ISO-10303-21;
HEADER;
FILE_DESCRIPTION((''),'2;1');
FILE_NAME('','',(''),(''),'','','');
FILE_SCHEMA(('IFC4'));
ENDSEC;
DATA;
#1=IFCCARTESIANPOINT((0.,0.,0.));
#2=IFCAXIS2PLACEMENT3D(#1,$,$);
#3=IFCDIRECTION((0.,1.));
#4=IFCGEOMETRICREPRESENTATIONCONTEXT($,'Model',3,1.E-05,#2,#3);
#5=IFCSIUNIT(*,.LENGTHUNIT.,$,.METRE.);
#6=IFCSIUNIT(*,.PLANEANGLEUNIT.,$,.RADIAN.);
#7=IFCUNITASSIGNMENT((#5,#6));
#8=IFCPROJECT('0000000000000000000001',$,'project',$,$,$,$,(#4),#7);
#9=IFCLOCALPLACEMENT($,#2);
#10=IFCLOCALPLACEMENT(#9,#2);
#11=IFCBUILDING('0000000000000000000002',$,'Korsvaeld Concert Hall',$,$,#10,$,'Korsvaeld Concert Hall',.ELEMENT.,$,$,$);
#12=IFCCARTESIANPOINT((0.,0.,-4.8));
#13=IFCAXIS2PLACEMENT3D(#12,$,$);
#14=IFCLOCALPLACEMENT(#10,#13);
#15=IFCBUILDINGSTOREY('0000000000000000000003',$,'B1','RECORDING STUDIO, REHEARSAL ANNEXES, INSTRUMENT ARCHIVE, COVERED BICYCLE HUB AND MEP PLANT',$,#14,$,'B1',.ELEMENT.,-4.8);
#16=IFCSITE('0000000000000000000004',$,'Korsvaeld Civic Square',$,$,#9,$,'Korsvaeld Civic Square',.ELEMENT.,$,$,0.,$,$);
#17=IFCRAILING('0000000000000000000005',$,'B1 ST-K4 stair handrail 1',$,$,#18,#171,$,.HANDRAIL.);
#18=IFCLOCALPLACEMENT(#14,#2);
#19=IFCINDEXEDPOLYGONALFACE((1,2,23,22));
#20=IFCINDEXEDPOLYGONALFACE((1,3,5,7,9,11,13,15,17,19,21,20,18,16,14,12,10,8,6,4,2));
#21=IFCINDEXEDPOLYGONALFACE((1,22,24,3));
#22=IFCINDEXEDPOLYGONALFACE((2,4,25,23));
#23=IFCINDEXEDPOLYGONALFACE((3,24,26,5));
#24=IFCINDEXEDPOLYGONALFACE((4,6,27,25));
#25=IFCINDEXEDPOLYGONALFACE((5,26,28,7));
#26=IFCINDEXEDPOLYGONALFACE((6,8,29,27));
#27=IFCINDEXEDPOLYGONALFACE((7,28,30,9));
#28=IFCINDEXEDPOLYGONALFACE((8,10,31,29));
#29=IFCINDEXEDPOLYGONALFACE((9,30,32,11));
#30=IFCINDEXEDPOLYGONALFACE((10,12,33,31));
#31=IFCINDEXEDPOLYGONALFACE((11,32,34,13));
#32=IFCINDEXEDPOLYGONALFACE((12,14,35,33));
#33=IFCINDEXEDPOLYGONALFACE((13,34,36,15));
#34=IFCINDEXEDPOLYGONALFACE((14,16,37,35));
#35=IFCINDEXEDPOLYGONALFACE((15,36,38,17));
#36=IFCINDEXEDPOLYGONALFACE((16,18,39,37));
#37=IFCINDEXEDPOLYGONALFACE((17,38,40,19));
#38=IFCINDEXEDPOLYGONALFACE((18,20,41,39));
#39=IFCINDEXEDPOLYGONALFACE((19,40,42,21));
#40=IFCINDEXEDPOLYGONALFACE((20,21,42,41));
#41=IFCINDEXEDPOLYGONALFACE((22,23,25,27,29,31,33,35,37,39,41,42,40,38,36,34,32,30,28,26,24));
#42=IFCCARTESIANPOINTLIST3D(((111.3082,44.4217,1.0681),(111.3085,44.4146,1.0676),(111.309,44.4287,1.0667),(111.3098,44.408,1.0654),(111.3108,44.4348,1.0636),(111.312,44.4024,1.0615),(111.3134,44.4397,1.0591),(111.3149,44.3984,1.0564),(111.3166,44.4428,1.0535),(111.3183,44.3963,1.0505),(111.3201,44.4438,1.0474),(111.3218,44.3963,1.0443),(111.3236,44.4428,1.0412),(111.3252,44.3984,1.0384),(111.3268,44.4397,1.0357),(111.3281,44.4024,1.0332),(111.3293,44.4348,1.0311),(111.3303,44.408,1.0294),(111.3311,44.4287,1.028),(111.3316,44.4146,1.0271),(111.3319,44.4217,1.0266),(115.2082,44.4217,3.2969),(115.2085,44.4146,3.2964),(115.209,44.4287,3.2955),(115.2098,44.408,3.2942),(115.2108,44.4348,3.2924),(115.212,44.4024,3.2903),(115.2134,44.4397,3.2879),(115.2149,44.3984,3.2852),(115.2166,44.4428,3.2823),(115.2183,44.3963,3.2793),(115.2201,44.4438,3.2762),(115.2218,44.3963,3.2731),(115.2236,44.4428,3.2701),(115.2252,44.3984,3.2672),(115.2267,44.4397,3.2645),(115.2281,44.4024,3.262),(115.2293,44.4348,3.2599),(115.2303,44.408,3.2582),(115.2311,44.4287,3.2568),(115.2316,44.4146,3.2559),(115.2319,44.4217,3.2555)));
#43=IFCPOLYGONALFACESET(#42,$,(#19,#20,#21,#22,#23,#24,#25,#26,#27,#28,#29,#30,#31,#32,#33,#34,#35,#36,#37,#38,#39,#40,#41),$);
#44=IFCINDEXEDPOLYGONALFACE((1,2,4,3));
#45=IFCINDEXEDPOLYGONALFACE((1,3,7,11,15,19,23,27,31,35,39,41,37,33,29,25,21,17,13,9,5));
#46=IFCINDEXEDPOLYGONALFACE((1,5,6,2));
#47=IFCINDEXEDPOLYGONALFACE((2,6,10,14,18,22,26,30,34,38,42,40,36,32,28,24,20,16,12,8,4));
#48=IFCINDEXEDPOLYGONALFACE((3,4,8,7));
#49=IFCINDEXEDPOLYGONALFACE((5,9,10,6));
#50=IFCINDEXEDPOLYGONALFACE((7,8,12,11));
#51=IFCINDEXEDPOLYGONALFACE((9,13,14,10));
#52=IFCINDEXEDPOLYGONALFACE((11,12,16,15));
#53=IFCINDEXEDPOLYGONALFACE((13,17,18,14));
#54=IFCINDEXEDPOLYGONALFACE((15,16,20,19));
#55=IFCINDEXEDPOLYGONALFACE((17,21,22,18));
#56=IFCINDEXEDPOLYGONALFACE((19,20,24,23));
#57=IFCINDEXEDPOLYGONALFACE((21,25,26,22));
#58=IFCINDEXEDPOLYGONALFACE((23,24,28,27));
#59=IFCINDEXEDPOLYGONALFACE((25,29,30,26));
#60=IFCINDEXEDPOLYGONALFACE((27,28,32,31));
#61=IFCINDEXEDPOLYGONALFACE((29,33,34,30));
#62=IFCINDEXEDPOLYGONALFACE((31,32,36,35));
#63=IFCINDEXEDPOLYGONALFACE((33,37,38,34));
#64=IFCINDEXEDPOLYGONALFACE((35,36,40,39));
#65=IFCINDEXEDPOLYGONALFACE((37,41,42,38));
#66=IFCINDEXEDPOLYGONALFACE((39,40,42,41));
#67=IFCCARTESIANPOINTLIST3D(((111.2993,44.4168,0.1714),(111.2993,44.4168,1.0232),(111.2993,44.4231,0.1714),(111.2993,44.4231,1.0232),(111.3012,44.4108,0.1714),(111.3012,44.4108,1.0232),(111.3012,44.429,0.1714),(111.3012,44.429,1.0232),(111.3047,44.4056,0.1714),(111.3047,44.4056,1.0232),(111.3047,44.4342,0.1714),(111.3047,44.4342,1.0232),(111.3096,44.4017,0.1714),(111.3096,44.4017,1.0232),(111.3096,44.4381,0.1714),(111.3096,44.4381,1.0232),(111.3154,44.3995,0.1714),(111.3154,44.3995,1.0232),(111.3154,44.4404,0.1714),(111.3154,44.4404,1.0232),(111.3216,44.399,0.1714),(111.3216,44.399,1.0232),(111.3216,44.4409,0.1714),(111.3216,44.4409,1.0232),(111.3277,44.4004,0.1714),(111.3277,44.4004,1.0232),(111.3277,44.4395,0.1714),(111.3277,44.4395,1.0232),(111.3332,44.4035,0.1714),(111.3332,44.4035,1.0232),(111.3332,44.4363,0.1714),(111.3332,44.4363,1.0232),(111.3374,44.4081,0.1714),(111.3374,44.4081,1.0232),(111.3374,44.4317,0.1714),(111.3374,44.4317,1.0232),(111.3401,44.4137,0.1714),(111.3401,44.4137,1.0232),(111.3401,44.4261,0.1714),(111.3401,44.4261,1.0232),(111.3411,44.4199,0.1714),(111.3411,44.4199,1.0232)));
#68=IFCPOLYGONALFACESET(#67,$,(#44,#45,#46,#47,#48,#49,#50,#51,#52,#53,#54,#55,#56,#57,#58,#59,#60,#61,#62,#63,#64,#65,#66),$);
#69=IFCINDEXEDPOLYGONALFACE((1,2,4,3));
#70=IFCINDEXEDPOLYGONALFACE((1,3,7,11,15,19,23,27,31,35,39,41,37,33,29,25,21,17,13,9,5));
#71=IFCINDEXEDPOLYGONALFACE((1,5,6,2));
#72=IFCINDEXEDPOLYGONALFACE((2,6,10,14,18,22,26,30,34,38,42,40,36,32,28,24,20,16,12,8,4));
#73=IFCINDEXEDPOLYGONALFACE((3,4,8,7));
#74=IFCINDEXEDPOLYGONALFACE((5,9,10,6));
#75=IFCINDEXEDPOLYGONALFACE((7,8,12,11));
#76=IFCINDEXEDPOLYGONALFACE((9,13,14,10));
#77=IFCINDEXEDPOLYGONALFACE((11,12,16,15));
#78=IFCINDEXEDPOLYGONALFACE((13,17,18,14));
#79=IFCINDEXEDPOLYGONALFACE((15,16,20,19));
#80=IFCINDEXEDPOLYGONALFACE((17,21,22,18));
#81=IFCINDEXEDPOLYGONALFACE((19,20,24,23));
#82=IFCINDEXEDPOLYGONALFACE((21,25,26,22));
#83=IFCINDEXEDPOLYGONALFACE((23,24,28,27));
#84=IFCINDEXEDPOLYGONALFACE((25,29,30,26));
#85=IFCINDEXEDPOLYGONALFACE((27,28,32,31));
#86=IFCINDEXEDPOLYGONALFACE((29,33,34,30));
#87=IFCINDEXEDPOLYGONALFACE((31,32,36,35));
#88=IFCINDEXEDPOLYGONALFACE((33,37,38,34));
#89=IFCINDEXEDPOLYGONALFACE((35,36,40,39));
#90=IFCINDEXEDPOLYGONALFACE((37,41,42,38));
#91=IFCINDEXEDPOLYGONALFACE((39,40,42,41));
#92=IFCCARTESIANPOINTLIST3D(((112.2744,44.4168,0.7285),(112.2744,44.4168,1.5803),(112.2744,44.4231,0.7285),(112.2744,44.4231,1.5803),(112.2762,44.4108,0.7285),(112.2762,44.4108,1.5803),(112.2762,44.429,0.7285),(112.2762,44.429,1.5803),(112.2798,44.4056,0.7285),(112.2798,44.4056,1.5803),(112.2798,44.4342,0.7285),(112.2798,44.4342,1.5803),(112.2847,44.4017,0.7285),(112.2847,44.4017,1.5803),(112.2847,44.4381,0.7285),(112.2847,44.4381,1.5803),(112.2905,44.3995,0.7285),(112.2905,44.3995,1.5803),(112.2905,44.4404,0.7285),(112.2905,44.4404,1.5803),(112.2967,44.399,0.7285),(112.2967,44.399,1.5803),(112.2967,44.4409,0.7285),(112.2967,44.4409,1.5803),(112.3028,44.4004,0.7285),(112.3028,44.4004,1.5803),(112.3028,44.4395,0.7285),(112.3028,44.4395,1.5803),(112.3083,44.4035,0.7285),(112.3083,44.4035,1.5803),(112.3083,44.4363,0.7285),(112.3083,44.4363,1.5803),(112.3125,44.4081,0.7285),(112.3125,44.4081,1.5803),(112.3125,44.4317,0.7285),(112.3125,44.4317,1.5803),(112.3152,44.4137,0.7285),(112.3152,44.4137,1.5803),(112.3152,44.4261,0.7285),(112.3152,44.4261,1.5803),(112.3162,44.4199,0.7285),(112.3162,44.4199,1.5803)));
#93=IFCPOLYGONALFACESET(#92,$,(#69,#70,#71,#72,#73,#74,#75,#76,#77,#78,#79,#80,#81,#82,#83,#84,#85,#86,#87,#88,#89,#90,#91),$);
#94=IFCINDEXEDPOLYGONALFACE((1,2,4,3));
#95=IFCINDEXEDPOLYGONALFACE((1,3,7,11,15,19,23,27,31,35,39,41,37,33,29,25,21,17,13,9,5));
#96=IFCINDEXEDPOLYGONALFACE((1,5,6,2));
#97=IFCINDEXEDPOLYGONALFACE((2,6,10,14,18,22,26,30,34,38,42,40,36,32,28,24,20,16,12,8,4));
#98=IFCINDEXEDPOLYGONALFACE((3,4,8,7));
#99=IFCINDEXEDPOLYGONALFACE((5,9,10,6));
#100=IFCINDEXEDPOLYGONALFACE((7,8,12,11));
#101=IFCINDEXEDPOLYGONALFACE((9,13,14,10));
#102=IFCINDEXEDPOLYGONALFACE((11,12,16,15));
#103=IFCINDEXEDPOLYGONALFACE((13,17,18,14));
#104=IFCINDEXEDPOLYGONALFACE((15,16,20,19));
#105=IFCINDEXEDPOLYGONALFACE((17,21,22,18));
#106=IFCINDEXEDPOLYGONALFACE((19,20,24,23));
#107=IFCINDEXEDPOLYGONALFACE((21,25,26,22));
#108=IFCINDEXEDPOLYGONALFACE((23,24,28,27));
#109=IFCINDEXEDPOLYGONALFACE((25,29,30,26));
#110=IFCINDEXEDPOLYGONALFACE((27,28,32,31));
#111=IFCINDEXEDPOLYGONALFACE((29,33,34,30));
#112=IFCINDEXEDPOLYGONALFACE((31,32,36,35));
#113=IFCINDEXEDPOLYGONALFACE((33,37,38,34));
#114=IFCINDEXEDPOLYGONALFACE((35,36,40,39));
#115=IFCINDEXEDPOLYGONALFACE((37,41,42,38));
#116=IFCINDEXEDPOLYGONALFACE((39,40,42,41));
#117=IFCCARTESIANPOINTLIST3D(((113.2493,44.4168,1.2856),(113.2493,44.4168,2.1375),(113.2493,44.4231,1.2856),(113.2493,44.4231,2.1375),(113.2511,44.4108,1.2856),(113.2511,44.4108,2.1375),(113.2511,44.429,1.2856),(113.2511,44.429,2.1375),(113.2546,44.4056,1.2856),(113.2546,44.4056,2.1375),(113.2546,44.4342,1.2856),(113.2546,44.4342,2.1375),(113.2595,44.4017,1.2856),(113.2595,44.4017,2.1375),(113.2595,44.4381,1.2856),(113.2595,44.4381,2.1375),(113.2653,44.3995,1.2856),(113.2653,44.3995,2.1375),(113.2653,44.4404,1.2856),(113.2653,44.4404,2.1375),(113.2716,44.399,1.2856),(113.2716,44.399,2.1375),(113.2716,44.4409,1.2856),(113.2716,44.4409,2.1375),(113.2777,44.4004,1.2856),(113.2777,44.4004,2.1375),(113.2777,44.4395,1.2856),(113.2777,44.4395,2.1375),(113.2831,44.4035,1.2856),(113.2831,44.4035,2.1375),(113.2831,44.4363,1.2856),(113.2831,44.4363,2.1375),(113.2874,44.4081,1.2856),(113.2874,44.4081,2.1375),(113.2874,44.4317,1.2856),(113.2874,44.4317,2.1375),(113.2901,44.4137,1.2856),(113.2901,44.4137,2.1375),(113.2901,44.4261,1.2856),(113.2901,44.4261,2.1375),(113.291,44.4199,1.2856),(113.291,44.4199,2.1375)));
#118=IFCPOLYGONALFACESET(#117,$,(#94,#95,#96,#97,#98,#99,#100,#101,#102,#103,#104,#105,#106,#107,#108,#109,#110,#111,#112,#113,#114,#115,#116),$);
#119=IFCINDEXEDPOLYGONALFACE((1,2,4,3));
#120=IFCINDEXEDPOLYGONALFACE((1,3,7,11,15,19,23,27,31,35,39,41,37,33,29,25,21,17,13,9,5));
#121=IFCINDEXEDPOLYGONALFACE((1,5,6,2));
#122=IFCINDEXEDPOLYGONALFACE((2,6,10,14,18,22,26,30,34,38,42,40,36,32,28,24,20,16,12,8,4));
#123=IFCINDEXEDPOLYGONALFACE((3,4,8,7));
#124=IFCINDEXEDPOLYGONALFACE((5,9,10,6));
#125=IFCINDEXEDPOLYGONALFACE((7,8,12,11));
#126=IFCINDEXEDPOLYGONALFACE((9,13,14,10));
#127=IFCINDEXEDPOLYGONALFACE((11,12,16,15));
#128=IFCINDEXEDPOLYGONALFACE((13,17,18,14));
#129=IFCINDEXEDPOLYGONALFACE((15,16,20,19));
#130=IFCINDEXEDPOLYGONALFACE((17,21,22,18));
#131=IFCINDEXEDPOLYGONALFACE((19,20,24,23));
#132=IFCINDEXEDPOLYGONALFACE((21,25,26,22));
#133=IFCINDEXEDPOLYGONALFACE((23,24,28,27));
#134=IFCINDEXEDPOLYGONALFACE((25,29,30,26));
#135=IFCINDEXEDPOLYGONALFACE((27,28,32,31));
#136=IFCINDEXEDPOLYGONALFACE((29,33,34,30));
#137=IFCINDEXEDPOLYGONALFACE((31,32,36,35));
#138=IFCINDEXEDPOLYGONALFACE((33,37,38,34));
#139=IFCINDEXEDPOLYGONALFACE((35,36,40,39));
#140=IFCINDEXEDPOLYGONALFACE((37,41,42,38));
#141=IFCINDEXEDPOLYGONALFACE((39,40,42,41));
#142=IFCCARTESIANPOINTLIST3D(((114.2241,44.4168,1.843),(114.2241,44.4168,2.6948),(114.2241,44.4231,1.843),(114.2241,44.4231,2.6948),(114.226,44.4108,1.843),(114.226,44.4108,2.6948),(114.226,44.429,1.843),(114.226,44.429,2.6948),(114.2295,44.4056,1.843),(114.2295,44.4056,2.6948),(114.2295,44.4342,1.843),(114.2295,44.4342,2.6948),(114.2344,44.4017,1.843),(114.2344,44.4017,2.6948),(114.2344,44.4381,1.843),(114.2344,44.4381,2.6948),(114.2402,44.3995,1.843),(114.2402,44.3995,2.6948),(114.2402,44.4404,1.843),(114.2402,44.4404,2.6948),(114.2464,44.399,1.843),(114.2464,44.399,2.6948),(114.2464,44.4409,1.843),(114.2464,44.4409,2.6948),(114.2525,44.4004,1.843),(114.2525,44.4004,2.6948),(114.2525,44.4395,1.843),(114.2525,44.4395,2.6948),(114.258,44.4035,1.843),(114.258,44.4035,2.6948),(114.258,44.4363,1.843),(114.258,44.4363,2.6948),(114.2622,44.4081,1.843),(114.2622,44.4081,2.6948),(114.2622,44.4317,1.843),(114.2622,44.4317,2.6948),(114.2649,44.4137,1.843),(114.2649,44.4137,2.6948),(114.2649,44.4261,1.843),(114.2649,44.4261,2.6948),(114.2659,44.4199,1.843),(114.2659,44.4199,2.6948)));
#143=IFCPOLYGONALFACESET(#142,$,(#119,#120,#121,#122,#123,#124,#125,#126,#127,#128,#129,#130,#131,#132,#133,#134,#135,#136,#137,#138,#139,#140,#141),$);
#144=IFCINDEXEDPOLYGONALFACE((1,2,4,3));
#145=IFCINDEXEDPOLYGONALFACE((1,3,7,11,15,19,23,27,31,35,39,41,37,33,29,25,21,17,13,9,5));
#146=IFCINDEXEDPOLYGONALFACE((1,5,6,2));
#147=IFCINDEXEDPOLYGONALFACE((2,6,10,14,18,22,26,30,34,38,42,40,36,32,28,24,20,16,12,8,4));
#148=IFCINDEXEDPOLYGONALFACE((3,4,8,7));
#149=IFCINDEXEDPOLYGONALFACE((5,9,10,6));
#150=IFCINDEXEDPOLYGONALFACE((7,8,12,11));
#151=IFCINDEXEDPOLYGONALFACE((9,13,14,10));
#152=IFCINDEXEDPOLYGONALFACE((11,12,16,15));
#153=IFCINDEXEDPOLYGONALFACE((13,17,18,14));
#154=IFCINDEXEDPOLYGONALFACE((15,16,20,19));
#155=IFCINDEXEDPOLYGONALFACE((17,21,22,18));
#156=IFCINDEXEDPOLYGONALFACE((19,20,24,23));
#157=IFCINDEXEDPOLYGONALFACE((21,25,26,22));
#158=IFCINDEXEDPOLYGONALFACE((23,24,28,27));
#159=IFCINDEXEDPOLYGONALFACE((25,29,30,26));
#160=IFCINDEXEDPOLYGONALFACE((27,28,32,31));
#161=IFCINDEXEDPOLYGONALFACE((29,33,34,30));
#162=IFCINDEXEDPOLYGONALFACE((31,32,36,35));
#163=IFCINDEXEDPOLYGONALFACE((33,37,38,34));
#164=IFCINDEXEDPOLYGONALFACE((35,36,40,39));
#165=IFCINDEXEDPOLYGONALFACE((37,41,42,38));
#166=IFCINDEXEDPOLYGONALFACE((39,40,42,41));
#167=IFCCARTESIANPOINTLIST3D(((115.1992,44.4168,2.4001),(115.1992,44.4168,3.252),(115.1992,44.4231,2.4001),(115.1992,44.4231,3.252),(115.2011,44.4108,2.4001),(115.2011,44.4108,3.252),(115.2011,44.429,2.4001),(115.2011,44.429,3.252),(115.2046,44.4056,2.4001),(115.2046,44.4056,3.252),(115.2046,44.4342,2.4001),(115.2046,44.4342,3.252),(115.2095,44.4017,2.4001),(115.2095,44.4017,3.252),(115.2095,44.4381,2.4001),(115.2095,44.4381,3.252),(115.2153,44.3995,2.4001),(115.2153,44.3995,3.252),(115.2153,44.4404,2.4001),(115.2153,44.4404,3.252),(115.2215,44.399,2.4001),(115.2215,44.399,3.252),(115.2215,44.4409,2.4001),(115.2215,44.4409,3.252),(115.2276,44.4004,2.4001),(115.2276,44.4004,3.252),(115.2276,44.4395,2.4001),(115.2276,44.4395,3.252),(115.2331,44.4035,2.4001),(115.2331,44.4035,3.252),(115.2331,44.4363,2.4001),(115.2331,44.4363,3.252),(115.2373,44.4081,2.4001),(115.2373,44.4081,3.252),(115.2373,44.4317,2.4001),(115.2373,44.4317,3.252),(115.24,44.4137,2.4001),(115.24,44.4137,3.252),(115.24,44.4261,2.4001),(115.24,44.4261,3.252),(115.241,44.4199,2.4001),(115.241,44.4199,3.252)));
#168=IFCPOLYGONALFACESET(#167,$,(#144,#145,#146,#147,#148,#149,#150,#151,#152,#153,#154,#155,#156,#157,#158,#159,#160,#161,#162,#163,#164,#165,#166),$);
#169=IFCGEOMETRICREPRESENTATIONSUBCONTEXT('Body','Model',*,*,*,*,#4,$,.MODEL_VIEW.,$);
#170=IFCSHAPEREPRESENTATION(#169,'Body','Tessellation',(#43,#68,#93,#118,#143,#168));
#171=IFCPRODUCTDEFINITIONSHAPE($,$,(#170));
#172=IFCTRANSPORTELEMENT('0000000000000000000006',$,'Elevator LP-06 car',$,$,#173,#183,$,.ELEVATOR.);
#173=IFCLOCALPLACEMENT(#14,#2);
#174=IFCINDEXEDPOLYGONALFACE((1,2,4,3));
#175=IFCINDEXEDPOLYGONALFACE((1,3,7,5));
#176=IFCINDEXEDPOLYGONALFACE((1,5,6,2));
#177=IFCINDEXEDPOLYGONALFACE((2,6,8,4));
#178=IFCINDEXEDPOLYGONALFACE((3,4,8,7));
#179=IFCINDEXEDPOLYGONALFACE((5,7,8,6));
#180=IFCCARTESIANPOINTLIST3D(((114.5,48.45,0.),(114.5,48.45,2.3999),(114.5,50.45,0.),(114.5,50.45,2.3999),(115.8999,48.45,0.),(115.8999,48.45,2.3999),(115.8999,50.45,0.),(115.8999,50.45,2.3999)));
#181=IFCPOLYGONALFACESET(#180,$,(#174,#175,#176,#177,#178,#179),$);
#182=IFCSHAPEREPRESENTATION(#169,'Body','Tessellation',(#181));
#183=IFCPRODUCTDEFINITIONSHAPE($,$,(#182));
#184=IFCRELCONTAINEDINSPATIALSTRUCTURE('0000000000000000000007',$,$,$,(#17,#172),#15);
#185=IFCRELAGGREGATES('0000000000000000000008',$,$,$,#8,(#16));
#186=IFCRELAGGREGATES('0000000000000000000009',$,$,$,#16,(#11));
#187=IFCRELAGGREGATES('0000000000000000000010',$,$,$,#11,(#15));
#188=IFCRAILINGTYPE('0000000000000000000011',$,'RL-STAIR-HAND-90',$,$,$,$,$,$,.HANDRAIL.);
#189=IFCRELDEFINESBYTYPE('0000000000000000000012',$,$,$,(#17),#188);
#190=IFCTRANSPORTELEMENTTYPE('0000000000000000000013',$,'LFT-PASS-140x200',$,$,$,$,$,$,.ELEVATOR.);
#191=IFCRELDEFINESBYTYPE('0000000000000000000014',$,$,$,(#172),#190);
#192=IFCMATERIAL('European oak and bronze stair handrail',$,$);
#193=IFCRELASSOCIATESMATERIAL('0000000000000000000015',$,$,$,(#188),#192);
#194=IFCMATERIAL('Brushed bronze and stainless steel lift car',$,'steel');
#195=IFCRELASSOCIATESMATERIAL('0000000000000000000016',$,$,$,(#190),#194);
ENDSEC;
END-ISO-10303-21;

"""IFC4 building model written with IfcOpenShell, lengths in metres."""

from ifc_helpers import new_model, si_unit, direction, frame, origin, origin_2d, place, context, subcontext, project, spatial, rectangle, circle, extrude, material, type_object, element, save


model = new_model("IFC4")

# Units and contexts
model_context = context("Model", 3, precision=1e-05, world=origin(), true_north=direction((0.0, 1.0)))
body_context = subcontext(model_context, "Body", "Model", "MODEL_VIEW")
ifc_project = project(units=[si_unit("LENGTHUNIT", "METRE"), si_unit("PLANEANGLEUNIT", "RADIAN")], contexts=[model_context])

# Site, building, storey
site_placement = place(None, origin())
site = spatial("IfcSite", under=ifc_project, at=site_placement, Name="Korsvaeld Civic Square", LongName="Korsvaeld Civic Square", CompositionType="ELEMENT", RefElevation=0.0)
building_placement = place(site_placement, origin())
building = spatial("IfcBuilding", under=site, at=building_placement, Name="Korsvaeld Concert Hall", LongName="Korsvaeld Concert Hall", CompositionType="ELEMENT")
storey_placement = place(building_placement, frame((0.0, 0.0, -4.8)))
storey = spatial("IfcBuildingStorey", under=building, at=storey_placement, Name="B1", Description="RECORDING STUDIO, REHEARSAL ANNEXES, INSTRUMENT ARCHIVE, COVERED BICYCLE HUB AND MEP PLANT", LongName="B1", CompositionType="ELEMENT", Elevation=-4.8)

# Railing
ifc_material_1 = material(Name="European oak and bronze stair handrail")
railing_type_1 = type_object("IfcRailingType", Name="RL-STAIR-HAND-90", PredefinedType="HANDRAIL", material=ifc_material_1)
railing_1_placement = place(storey_placement, frame((111.3201, 44.4199, 0.1714)))
element("IfcRailing", 1, at=railing_1_placement, inside=storey, type_object=railing_type_1, Name="B1 ST-K4 stair handrail 1", PredefinedType="HANDRAIL", context=body_context, shape_type="SweptSolid", body=[
    extrude(circle(Radius=0.0239, at=origin_2d()), frame((0.0, 0.0, 0.876), z_axis=(0.86822, 0.0, 0.49618), x_axis=(0.0, 1.0, 0.0)), (0.0, 0.0, 1.0), 4.4919),
    extrude(circle(Radius=0.021, at=origin_2d()), origin(), (0.0, 0.0, 1.0), 0.8518),
    extrude(circle(Radius=0.021, at=origin_2d()), frame((0.9751, 0.0, 0.5571)), (0.0, 0.0, 1.0), 0.8518),
    extrude(circle(Radius=0.021, at=origin_2d()), frame((1.95, 0.0, 1.1143)), (0.0, 0.0, 1.0), 0.8518),
    extrude(circle(Radius=0.021, at=origin_2d()), frame((2.9248, 0.0, 1.6716)), (0.0, 0.0, 1.0), 0.8518),
    extrude(circle(Radius=0.021, at=origin_2d()), frame((3.8999, 0.0, 2.2288)), (0.0, 0.0, 1.0), 0.8518),
])

# Transport element
ifc_material_2 = material(Name="Brushed bronze and stainless steel lift car", Category="steel")
transport_element_type = type_object("IfcTransportElementType", Name="LFT-PASS-140x200", PredefinedType="ELEVATOR", material=ifc_material_2)
transport_element_placement = place(storey_placement, frame((115.2, 49.45, 0.0), z_axis=(0.0, 0.0, 1.0), x_axis=(1.0, 0.0, 0.0)))
element("IfcTransportElement", 2, at=transport_element_placement, inside=storey, type_object=transport_element_type, Name="Elevator LP-06 car", PredefinedType="ELEVATOR", context=body_context, shape_type="SweptSolid", body=[
    extrude(rectangle(XDim=1.3999, YDim=2.0, at=origin_2d()), origin(), (0.0, 0.0, 1.0), 2.3999),
])

save(model, "model.ifc")
